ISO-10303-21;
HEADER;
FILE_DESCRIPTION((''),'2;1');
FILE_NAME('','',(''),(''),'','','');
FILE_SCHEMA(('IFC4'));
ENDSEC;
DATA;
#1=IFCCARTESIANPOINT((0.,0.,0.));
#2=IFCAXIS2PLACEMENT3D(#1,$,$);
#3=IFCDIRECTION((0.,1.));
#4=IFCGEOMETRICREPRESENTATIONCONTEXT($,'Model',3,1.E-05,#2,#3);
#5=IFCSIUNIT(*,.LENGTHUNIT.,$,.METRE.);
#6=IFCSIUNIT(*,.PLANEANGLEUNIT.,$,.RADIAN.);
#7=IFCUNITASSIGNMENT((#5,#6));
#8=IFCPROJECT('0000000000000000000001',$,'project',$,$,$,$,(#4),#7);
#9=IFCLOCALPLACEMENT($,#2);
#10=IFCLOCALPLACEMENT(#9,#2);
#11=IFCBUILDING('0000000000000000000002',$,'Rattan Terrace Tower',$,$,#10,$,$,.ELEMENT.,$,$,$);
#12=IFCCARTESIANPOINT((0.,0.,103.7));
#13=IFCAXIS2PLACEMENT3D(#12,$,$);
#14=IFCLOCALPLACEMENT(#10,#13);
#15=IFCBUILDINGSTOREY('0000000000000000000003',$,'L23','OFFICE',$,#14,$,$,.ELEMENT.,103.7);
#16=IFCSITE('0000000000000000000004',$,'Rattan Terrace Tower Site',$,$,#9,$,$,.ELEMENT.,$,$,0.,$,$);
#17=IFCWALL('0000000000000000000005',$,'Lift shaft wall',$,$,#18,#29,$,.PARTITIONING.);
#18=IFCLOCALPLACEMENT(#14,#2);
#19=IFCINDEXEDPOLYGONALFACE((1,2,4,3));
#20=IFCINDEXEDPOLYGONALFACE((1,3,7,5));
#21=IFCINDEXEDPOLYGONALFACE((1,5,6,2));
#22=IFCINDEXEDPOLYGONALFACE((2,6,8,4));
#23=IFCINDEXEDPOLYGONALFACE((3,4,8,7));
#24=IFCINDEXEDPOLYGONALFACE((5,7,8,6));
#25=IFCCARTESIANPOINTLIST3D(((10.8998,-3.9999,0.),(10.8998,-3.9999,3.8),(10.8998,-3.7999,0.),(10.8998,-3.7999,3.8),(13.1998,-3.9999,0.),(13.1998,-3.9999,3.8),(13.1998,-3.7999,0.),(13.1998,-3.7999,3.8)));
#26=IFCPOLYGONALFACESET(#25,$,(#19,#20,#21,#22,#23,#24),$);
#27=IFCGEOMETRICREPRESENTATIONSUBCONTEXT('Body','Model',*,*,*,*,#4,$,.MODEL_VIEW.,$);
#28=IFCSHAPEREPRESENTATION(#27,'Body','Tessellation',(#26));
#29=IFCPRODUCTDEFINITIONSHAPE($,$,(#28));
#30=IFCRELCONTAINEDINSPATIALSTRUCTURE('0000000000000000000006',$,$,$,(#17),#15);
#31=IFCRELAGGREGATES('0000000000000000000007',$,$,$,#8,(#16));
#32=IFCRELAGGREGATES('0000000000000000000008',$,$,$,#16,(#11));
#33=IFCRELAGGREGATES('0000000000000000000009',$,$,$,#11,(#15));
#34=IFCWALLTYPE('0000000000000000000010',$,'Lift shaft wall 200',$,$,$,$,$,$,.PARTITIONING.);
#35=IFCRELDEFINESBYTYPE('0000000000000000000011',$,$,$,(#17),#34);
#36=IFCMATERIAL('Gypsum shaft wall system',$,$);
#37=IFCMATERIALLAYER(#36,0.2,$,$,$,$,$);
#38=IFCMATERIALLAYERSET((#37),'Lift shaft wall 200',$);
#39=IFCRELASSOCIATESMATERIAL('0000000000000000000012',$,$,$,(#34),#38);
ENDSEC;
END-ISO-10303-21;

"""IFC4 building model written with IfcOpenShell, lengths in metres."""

from ifc_helpers import new_model, si_unit, direction, frame, frame_2d, origin, place, context, subcontext, project, spatial, rectangle, extrude, material, layer, layer_set, type_object, element, save


model = new_model("IFC4")

# Units and contexts
model_context = context("Model", 3, precision=1e-05, world=origin(), true_north=direction((0.0, 1.0)))
body_context = subcontext(model_context, "Body", "Model", "MODEL_VIEW")
ifc_project = project(units=[si_unit("LENGTHUNIT", "METRE"), si_unit("PLANEANGLEUNIT", "RADIAN")], contexts=[model_context])

# Site, building, storey
site_placement = place(None, origin())
site = spatial("IfcSite", under=ifc_project, at=site_placement, Name="Rattan Terrace Tower Site", CompositionType="ELEMENT", RefElevation=0.0)
building_placement = place(site_placement, origin())
building = spatial("IfcBuilding", under=site, at=building_placement, Name="Rattan Terrace Tower", CompositionType="ELEMENT")
storey_placement = place(building_placement, frame((0.0, 0.0, 103.7)))
storey = spatial("IfcBuildingStorey", under=building, at=storey_placement, Name="L23", Description="OFFICE", CompositionType="ELEMENT", Elevation=103.7)

# Shared definitions
ifc_material_1 = material(Name="Gypsum shaft wall system")
ifc_layer_1 = layer(ifc_material_1, 0.2)
ifc_layer_set_1 = layer_set([ifc_layer_1], Name="Lift shaft wall 200")
wall_type_1 = type_object("IfcWallType", Name="Lift shaft wall 200", PredefinedType="PARTITIONING", material=ifc_layer_set_1)

# Wall
wall_1_placement = place(storey_placement, frame((10.8999, -3.8999, 0.0), z_axis=(0.0, 0.0, 1.0), x_axis=(1.0, 0.0, 0.0)))
element("IfcWall", 1, at=wall_1_placement, inside=storey, type_object=wall_type_1, Name="Lift shaft wall", PredefinedType="PARTITIONING", context=body_context, shape_type="SweptSolid", body=[
    extrude(rectangle(XDim=2.3, YDim=0.2, at=frame_2d((1.1499, 0.0))), origin(), (0.0, 0.0, 1.0), 3.8),
])

save(model, "model.ifc")
